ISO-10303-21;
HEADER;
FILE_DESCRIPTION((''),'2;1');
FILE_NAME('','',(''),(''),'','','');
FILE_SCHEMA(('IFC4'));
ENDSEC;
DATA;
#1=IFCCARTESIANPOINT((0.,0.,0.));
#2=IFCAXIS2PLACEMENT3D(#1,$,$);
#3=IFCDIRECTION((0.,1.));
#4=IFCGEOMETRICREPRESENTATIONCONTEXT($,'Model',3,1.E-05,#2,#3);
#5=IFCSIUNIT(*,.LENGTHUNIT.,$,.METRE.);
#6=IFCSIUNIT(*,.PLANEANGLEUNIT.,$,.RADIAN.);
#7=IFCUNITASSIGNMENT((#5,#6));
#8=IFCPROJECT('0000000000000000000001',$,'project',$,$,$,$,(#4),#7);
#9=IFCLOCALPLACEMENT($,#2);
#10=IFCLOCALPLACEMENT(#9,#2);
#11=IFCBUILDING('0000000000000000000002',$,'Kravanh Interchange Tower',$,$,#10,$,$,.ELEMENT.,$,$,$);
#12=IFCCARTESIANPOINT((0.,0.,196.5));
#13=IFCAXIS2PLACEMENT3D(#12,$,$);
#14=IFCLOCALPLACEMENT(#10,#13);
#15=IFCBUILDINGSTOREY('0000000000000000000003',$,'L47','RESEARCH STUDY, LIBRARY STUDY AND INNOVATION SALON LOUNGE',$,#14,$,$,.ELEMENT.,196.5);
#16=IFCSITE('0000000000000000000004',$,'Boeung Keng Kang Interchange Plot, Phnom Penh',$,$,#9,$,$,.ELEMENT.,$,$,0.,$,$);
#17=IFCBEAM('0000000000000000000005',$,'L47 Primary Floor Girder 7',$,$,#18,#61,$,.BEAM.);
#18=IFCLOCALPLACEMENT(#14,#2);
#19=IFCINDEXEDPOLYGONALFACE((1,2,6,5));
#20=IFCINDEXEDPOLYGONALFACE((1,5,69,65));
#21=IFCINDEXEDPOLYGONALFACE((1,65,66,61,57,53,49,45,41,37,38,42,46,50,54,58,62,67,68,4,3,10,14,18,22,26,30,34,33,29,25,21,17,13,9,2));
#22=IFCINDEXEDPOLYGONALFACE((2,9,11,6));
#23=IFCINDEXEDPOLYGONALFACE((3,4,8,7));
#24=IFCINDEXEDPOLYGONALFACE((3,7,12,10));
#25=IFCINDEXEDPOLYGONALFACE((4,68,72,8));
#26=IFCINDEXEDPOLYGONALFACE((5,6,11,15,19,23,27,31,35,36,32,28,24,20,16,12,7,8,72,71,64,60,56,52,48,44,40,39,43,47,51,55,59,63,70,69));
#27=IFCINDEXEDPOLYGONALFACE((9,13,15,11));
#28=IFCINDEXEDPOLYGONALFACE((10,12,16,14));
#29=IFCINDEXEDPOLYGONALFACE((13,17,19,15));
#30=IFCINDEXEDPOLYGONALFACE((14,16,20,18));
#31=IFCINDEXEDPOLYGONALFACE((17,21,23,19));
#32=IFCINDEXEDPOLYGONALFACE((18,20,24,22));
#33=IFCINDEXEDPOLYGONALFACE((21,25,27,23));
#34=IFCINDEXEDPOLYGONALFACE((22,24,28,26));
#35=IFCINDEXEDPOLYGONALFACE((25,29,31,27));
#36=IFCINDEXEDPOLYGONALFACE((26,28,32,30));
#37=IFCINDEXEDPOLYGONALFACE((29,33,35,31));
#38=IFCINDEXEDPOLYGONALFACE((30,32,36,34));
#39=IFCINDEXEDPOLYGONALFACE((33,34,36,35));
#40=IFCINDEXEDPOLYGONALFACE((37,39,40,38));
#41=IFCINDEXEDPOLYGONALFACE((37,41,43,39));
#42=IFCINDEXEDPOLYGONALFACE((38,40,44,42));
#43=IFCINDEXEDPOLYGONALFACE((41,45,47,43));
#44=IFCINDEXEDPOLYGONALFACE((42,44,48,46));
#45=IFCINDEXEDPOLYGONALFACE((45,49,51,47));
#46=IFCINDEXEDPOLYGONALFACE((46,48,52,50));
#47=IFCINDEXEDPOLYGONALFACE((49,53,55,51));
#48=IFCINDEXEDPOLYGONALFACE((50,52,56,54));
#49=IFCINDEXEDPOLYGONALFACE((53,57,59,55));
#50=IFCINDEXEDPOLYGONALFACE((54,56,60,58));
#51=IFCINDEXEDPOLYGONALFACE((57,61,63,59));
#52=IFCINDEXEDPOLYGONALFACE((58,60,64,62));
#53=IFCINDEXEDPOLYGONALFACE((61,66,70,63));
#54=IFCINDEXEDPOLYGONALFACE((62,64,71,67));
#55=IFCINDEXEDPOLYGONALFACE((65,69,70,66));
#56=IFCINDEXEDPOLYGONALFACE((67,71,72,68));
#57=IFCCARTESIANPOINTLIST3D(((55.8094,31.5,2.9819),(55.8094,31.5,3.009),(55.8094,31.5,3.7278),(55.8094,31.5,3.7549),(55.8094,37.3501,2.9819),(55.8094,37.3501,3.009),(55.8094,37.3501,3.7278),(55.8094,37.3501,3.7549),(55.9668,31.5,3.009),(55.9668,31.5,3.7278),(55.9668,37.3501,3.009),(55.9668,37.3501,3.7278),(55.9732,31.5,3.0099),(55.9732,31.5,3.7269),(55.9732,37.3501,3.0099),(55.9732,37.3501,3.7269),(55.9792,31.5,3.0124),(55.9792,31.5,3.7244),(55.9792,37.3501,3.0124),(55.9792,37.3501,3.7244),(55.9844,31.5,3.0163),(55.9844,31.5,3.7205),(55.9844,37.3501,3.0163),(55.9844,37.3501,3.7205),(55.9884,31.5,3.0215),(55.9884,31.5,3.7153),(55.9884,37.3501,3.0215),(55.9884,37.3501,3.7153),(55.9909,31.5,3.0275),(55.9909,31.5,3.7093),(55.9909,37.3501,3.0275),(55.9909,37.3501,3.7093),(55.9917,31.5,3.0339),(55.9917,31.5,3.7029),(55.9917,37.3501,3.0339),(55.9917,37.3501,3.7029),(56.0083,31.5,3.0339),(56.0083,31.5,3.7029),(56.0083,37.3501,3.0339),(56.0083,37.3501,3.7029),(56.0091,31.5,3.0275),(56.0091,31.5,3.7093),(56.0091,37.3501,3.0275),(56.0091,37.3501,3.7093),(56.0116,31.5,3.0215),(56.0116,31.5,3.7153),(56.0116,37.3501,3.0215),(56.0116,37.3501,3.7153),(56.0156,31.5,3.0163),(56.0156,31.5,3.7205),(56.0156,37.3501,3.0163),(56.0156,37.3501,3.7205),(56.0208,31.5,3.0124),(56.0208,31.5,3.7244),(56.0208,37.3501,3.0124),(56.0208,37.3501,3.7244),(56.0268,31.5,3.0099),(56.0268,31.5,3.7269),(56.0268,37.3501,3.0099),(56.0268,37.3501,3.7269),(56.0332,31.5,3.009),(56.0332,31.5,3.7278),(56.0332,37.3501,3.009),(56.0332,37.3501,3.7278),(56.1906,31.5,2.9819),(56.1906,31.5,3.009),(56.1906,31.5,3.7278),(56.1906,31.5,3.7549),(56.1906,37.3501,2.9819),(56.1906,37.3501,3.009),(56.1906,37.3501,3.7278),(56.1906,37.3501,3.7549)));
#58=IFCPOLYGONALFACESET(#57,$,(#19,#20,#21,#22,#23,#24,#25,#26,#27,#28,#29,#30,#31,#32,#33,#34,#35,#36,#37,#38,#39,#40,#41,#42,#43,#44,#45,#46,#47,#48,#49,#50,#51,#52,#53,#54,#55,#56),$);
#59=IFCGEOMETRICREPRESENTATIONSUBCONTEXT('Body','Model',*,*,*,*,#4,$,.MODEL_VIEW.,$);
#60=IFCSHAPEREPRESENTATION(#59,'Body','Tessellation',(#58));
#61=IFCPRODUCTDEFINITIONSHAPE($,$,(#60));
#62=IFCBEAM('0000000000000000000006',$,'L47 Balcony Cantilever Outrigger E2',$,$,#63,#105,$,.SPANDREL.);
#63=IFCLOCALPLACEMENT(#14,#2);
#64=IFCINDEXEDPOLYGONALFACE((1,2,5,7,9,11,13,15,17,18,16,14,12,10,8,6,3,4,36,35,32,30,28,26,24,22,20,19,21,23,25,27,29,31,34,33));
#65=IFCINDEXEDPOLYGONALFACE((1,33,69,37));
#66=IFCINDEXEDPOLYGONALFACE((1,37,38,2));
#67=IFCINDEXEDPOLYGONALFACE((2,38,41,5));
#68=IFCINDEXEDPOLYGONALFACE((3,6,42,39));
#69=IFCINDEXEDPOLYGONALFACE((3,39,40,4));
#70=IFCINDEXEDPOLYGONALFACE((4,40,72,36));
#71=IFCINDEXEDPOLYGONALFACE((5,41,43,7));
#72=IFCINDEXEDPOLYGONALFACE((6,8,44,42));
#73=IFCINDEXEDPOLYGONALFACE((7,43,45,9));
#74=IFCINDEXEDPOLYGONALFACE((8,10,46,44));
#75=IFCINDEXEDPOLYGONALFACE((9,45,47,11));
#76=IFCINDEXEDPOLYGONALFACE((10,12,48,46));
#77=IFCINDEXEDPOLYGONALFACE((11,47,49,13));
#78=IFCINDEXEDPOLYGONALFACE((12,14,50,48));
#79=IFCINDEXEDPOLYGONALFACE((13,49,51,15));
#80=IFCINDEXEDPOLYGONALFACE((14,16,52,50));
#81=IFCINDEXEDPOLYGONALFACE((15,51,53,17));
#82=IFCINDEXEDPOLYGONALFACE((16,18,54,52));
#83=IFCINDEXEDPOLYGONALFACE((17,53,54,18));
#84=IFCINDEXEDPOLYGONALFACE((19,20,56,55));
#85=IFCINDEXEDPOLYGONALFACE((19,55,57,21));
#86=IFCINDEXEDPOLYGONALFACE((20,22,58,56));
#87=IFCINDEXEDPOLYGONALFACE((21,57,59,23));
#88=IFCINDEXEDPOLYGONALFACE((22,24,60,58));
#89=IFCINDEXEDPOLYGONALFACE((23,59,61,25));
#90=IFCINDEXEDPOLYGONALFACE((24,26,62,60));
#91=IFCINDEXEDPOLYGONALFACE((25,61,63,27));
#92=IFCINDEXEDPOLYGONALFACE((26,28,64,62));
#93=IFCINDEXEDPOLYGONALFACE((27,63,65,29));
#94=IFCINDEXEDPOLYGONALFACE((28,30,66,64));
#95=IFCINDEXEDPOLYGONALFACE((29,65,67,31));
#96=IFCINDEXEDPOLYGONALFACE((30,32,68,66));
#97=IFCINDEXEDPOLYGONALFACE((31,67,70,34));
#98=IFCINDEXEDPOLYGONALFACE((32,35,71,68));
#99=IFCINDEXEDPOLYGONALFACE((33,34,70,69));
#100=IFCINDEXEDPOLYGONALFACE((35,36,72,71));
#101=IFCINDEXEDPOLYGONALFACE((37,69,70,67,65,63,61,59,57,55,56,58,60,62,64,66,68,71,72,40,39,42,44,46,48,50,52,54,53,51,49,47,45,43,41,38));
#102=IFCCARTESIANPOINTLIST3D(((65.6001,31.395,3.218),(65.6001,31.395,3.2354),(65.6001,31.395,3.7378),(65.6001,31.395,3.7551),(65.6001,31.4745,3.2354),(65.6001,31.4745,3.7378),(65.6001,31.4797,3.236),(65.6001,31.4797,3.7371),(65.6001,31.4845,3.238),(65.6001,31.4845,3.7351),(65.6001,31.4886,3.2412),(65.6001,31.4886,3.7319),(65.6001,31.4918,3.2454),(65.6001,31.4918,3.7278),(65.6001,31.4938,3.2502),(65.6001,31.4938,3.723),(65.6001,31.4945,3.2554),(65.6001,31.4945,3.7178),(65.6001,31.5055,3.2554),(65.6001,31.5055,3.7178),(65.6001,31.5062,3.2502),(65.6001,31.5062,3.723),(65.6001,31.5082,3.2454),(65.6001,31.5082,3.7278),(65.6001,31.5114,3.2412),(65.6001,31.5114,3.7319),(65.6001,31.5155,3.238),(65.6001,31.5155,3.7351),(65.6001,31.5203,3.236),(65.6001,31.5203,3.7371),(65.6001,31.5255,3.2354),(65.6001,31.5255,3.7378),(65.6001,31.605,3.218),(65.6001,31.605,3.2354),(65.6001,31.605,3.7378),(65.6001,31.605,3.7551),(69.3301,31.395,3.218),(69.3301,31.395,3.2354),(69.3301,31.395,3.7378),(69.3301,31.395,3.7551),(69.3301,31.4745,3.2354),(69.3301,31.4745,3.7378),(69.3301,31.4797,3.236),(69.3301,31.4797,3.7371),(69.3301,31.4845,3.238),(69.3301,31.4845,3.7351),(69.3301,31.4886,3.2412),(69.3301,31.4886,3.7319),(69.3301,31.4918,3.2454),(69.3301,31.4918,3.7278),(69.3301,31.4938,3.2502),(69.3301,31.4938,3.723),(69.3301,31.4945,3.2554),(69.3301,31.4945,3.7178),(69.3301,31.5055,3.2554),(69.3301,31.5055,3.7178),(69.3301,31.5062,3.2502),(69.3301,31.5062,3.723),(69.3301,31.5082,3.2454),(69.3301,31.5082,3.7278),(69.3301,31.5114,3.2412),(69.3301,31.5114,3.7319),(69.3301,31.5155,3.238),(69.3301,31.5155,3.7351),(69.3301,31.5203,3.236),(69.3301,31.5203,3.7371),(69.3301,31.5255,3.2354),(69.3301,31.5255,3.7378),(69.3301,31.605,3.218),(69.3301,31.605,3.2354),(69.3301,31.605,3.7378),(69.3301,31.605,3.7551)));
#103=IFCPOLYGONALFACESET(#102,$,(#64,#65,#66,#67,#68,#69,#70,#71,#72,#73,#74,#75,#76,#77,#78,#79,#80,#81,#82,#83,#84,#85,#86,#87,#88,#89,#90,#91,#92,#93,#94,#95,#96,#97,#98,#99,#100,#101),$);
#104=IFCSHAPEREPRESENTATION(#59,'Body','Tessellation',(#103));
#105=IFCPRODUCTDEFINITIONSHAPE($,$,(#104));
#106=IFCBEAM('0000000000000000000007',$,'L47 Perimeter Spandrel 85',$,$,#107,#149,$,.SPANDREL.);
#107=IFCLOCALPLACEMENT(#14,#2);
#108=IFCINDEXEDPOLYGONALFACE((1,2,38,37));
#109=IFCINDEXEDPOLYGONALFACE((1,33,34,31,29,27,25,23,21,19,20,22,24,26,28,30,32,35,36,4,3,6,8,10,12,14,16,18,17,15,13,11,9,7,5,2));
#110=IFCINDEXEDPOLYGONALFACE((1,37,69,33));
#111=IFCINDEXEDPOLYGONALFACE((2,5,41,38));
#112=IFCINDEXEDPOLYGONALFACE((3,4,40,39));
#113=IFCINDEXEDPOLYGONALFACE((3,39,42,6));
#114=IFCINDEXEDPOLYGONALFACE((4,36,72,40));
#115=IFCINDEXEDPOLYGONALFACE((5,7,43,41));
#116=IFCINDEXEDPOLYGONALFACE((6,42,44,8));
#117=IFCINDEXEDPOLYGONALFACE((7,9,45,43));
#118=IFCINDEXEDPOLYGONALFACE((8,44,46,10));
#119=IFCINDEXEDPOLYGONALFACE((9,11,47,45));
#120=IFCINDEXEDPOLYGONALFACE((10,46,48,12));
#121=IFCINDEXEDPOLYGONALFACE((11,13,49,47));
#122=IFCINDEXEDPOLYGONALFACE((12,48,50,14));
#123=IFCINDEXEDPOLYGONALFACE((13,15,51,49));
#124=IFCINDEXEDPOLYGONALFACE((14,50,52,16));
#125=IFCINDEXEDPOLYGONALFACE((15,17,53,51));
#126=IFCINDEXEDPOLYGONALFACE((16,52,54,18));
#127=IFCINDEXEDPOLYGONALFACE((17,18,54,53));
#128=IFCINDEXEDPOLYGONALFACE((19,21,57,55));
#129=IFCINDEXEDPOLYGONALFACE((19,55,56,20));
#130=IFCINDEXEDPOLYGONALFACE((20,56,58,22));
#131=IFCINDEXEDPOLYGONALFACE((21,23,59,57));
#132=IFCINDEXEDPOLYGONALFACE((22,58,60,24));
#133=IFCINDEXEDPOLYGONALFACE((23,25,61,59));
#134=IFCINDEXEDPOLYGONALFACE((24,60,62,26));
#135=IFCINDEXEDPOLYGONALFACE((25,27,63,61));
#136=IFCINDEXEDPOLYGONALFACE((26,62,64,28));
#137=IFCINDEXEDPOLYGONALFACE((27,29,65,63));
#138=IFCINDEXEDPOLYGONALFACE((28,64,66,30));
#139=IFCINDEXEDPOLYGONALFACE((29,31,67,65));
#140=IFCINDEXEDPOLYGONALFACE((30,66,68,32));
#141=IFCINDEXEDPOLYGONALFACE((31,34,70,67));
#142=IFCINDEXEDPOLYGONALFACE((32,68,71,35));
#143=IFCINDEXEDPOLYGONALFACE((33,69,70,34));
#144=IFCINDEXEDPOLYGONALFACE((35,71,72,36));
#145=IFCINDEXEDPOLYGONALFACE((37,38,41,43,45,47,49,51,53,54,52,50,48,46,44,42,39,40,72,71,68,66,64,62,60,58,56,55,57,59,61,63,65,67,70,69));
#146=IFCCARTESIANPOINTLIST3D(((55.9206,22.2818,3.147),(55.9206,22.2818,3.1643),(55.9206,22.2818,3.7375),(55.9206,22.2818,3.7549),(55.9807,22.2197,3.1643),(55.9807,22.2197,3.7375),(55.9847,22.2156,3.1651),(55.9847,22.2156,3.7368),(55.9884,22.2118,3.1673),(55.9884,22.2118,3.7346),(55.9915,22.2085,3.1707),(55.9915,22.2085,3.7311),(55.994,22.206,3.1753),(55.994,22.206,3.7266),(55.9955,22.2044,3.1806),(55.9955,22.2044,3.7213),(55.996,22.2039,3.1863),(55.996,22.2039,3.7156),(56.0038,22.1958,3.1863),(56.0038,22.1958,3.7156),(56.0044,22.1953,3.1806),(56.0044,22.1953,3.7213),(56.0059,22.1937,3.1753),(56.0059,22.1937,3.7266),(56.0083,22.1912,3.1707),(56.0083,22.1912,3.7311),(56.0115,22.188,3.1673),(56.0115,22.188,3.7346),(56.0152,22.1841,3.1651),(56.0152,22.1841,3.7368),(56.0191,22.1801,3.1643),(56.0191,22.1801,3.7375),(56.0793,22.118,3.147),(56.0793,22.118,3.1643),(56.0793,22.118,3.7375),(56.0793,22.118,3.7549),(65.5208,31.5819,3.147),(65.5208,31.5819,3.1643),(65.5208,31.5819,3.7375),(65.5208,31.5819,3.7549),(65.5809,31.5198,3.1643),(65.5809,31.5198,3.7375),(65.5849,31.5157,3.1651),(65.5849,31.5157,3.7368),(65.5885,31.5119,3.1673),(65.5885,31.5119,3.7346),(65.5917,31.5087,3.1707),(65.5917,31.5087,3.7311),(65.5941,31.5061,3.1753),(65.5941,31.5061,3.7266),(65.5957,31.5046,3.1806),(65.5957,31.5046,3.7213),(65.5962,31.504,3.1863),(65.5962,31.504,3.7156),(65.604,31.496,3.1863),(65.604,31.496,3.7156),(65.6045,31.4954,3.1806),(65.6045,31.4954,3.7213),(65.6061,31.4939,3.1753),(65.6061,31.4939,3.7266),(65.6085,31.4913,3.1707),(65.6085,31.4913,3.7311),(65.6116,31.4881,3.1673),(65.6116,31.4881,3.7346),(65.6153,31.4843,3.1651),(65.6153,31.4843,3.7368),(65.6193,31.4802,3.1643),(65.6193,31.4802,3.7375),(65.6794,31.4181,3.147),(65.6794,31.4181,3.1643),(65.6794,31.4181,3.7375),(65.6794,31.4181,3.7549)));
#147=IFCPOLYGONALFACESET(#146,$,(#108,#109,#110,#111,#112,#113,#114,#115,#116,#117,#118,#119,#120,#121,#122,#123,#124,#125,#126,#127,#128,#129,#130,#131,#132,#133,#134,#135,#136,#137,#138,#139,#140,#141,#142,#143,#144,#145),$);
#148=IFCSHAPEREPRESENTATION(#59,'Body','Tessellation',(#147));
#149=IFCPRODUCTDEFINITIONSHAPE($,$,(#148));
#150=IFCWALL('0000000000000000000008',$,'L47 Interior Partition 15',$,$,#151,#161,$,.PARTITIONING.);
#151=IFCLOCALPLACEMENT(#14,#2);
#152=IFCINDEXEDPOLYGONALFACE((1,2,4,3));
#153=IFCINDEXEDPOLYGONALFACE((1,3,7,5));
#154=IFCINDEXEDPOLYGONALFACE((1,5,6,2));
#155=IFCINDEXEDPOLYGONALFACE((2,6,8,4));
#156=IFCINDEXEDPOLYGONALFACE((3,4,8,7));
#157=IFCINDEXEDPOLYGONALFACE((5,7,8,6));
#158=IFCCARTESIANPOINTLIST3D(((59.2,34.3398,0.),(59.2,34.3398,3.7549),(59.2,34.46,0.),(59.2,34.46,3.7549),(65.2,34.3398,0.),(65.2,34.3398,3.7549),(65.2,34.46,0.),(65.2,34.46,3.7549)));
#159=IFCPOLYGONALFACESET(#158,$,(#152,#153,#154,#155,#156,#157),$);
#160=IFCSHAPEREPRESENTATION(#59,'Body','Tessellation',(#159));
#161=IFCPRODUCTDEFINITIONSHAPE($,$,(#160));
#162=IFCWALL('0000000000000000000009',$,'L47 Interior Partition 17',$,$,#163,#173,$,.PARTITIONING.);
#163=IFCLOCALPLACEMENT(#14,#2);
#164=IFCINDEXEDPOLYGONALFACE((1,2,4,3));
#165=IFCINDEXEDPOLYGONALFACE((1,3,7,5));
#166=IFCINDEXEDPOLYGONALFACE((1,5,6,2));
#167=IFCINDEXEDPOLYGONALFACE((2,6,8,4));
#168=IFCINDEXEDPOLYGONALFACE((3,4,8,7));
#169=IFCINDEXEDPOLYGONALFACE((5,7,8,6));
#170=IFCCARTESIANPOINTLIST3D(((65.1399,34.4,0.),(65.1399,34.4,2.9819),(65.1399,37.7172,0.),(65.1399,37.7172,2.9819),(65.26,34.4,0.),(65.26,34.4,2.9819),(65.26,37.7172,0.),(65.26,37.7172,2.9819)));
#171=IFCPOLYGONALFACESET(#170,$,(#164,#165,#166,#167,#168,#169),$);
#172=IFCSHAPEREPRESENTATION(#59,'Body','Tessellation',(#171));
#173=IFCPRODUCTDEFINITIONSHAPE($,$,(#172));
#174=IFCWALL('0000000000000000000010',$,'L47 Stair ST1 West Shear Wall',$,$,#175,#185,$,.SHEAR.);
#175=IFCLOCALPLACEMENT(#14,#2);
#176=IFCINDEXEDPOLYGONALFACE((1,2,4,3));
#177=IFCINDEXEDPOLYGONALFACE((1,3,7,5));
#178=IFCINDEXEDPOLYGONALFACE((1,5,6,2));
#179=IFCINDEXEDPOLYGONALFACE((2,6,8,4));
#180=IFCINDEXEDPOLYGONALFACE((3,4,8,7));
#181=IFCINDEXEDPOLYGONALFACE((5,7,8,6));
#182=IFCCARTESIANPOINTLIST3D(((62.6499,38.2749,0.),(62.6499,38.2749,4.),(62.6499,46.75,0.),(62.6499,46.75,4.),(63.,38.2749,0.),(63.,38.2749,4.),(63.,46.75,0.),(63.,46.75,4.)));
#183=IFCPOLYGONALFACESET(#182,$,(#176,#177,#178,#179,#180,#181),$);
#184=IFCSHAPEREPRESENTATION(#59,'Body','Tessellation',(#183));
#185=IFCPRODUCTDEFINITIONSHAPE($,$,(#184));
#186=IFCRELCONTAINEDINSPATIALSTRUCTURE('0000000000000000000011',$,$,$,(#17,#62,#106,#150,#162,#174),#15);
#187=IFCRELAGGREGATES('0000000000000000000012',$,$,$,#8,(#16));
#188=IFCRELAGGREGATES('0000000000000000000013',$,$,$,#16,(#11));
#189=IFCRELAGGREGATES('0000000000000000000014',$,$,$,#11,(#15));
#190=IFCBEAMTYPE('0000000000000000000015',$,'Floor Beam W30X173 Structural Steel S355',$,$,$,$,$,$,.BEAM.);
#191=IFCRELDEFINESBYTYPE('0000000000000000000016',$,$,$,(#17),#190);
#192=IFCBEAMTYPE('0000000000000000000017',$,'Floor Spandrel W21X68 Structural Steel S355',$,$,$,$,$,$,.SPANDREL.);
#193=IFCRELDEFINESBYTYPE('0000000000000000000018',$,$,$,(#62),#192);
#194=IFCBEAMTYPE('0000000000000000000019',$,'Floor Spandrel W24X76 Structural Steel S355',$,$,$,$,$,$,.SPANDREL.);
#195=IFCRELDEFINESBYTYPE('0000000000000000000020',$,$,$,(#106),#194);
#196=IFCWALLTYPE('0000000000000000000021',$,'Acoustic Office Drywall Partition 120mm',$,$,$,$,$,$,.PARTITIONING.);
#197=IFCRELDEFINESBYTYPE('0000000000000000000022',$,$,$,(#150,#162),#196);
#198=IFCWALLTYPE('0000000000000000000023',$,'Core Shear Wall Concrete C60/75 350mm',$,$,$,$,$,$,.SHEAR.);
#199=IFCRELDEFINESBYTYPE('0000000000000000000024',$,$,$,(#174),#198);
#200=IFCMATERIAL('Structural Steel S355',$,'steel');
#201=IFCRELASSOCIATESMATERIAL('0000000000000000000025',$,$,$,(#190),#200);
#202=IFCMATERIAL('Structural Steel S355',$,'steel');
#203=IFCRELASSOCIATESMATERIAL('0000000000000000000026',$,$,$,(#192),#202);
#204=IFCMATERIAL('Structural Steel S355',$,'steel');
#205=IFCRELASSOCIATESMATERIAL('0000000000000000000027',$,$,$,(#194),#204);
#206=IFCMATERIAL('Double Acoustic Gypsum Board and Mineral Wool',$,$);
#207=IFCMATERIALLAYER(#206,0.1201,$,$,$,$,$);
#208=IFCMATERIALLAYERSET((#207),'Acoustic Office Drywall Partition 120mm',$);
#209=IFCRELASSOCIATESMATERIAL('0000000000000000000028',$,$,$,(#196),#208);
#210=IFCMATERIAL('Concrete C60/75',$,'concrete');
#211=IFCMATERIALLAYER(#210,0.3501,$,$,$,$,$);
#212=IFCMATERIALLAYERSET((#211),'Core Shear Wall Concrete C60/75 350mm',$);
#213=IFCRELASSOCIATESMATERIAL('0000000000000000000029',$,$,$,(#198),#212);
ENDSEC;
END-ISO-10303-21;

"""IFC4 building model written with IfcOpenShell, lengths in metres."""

from ifc_helpers import new_model, si_unit, direction, frame, frame_2d, origin, origin_2d, place, context, subcontext, project, spatial, rectangle, i_section, extrude, material, layer, layer_set, material_profile, profile_set, type_object, element, save


model = new_model("IFC4")

# Units and contexts
model_context = context("Model", 3, precision=1e-05, world=origin(), true_north=direction((0.0, 1.0)))
body_context = subcontext(model_context, "Body", "Model", "MODEL_VIEW")
ifc_project = project(units=[si_unit("LENGTHUNIT", "METRE"), si_unit("PLANEANGLEUNIT", "RADIAN")], contexts=[model_context])

# Site, building, storey
site_placement = place(None, origin())
site = spatial("IfcSite", under=ifc_project, at=site_placement, Name="Boeung Keng Kang Interchange Plot, Phnom Penh", CompositionType="ELEMENT", RefElevation=0.0)
building_placement = place(site_placement, origin())
building = spatial("IfcBuilding", under=site, at=building_placement, Name="Kravanh Interchange Tower", CompositionType="ELEMENT")
storey_placement = place(building_placement, frame((0.0, 0.0, 196.5)))
storey = spatial("IfcBuildingStorey", under=building, at=storey_placement, Name="L47", Description="RESEARCH STUDY, LIBRARY STUDY AND INNOVATION SALON LOUNGE", CompositionType="ELEMENT", Elevation=196.5)

# Beams
ifc_material_1 = material(Name="Structural Steel S355", Category="steel")
ifc_material_profile_1 = material_profile(ifc_material_1, i_section(OverallWidth=0.3811, OverallDepth=0.7729, WebThickness=0.0166, FlangeThickness=0.0271, FilletRadius=0.0249, at=origin_2d()), Name="W30X173")
ifc_profile_set_1 = profile_set([ifc_material_profile_1], Name="Structural Steel S355")
beam_type_1 = type_object("IfcBeamType", Name="Floor Beam W30X173 Structural Steel S355", PredefinedType="BEAM", material=ifc_profile_set_1)
beam_1_placement = place(storey_placement, frame((56.0, 37.3501, 3.3684), z_axis=(0.0, -1.0, 0.0), x_axis=(1.0, 0.0, 0.0)))
element("IfcBeam", 1, at=beam_1_placement, inside=storey, type_object=beam_type_1, Name="L47 Primary Floor Girder 7", PredefinedType="BEAM", context=body_context, shape_type="SweptSolid", body=[
    extrude(i_section(OverallWidth=0.3811, OverallDepth=0.7729, WebThickness=0.0166, FlangeThickness=0.0271, FilletRadius=0.0249, at=origin_2d()), origin(), (0.0, 0.0, 1.0), 5.8501),
])
ifc_material_2 = material(Name="Structural Steel S355", Category="steel")
ifc_material_profile_2 = material_profile(ifc_material_2, i_section(OverallWidth=0.21, OverallDepth=0.5371, WebThickness=0.011, FlangeThickness=0.0173, FilletRadius=0.02, at=origin_2d()), Name="W21X68")
ifc_profile_set_2 = profile_set([ifc_material_profile_2], Name="Structural Steel S355")
beam_type_2 = type_object("IfcBeamType", Name="Floor Spandrel W21X68 Structural Steel S355", PredefinedType="SPANDREL", material=ifc_profile_set_2)
beam_2_placement = place(storey_placement, frame((65.6001, 31.5, 3.4866), z_axis=(1.0, 0.0, 0.0), x_axis=(0.0, 1.0, 0.0)))
element("IfcBeam", 2, at=beam_2_placement, inside=storey, type_object=beam_type_2, Name="L47 Balcony Cantilever Outrigger E2", PredefinedType="SPANDREL", context=body_context, shape_type="SweptSolid", body=[
    extrude(i_section(OverallWidth=0.21, OverallDepth=0.5371, WebThickness=0.011, FlangeThickness=0.0173, FilletRadius=0.02, at=origin_2d()), origin(), (0.0, 0.0, 1.0), 3.73),
])
ifc_material_3 = material(Name="Structural Steel S355", Category="steel")
ifc_material_profile_3 = material_profile(ifc_material_3, i_section(OverallWidth=0.228, OverallDepth=0.6079, WebThickness=0.0112, FlangeThickness=0.0173, FilletRadius=0.022, at=origin_2d()), Name="W24X76")
ifc_profile_set_3 = profile_set([ifc_material_profile_3], Name="Structural Steel S355")
beam_type_3 = type_object("IfcBeamType", Name="Floor Spandrel W24X76 Structural Steel S355", PredefinedType="SPANDREL", material=ifc_profile_set_3)
beam_3_placement = place(storey_placement, frame((65.6001, 31.5, 3.4509), z_axis=(-0.718242, -0.695793, 0.0), x_axis=(0.695793, -0.718242, 0.0)))
element("IfcBeam", 3, at=beam_3_placement, inside=storey, type_object=beam_type_3, Name="L47 Perimeter Spandrel 85", PredefinedType="SPANDREL", context=body_context, shape_type="SweptSolid", body=[
    extrude(i_section(OverallWidth=0.228, OverallDepth=0.6079, WebThickness=0.0112, FlangeThickness=0.0173, FilletRadius=0.022, at=origin_2d()), origin(), (0.0, 0.0, 1.0), 13.3662),
])

# Walls
ifc_material_4 = material(Name="Double Acoustic Gypsum Board and Mineral Wool")
ifc_layer_1 = layer(ifc_material_4, 0.1201)
ifc_layer_set_1 = layer_set([ifc_layer_1], Name="Acoustic Office Drywall Partition 120mm")
wall_type_1 = type_object("IfcWallType", Name="Acoustic Office Drywall Partition 120mm", PredefinedType="PARTITIONING", material=ifc_layer_set_1)
wall_1_placement = place(storey_placement, frame((59.2, 34.3999, 0.0), z_axis=(0.0, 0.0, 1.0), x_axis=(1.0, 0.0, 0.0)))
element("IfcWall", 4, at=wall_1_placement, inside=storey, type_object=wall_type_1, Name="L47 Interior Partition 15", PredefinedType="PARTITIONING", context=body_context, shape_type="SweptSolid", body=[
    extrude(rectangle(XDim=6.0, YDim=0.1201, at=frame_2d((3.0, 0.0))), origin(), (0.0, 0.0, 1.0), 3.7549),
])
wall_2_placement = place(storey_placement, frame((65.2, 34.3999, 0.0), z_axis=(0.0, 0.0, 1.0), x_axis=(0.0, 1.0, 0.0)))
element("IfcWall", 5, at=wall_2_placement, inside=storey, type_object=wall_type_1, Name="L47 Interior Partition 17", PredefinedType="PARTITIONING", context=body_context, shape_type="SweptSolid", body=[
    extrude(rectangle(XDim=3.3171, YDim=0.1201, at=frame_2d((1.6587, 0.0))), origin(), (0.0, 0.0, 1.0), 2.9819),
])
ifc_material_5 = material(Name="Concrete C60/75", Category="concrete")
ifc_layer_2 = layer(ifc_material_5, 0.3501)
ifc_layer_set_2 = layer_set([ifc_layer_2], Name="Core Shear Wall Concrete C60/75 350mm")
wall_type_2 = type_object("IfcWallType", Name="Core Shear Wall Concrete C60/75 350mm", PredefinedType="SHEAR", material=ifc_layer_set_2)
for number, where, z_axis, x_axis, name in (
    (6, (62.825, 38.2749, 0.0), (0.0, 0.0, 1.0), (0.0, 1.0, 0.0), "L47 Stair ST1 West Shear Wall"),
):
    element("IfcWall", number, at=place(storey_placement, frame(where, z_axis=z_axis, x_axis=x_axis)), inside=storey, type_object=wall_type_2, Name=name, PredefinedType="SHEAR", context=body_context, shape_type="SweptSolid", body=[
        extrude(rectangle(XDim=8.4751, YDim=0.3501, at=frame_2d((4.2375, 0.0))), origin(), (0.0, 0.0, 1.0), 4.0),
    ])

save(model, "model.ifc")
